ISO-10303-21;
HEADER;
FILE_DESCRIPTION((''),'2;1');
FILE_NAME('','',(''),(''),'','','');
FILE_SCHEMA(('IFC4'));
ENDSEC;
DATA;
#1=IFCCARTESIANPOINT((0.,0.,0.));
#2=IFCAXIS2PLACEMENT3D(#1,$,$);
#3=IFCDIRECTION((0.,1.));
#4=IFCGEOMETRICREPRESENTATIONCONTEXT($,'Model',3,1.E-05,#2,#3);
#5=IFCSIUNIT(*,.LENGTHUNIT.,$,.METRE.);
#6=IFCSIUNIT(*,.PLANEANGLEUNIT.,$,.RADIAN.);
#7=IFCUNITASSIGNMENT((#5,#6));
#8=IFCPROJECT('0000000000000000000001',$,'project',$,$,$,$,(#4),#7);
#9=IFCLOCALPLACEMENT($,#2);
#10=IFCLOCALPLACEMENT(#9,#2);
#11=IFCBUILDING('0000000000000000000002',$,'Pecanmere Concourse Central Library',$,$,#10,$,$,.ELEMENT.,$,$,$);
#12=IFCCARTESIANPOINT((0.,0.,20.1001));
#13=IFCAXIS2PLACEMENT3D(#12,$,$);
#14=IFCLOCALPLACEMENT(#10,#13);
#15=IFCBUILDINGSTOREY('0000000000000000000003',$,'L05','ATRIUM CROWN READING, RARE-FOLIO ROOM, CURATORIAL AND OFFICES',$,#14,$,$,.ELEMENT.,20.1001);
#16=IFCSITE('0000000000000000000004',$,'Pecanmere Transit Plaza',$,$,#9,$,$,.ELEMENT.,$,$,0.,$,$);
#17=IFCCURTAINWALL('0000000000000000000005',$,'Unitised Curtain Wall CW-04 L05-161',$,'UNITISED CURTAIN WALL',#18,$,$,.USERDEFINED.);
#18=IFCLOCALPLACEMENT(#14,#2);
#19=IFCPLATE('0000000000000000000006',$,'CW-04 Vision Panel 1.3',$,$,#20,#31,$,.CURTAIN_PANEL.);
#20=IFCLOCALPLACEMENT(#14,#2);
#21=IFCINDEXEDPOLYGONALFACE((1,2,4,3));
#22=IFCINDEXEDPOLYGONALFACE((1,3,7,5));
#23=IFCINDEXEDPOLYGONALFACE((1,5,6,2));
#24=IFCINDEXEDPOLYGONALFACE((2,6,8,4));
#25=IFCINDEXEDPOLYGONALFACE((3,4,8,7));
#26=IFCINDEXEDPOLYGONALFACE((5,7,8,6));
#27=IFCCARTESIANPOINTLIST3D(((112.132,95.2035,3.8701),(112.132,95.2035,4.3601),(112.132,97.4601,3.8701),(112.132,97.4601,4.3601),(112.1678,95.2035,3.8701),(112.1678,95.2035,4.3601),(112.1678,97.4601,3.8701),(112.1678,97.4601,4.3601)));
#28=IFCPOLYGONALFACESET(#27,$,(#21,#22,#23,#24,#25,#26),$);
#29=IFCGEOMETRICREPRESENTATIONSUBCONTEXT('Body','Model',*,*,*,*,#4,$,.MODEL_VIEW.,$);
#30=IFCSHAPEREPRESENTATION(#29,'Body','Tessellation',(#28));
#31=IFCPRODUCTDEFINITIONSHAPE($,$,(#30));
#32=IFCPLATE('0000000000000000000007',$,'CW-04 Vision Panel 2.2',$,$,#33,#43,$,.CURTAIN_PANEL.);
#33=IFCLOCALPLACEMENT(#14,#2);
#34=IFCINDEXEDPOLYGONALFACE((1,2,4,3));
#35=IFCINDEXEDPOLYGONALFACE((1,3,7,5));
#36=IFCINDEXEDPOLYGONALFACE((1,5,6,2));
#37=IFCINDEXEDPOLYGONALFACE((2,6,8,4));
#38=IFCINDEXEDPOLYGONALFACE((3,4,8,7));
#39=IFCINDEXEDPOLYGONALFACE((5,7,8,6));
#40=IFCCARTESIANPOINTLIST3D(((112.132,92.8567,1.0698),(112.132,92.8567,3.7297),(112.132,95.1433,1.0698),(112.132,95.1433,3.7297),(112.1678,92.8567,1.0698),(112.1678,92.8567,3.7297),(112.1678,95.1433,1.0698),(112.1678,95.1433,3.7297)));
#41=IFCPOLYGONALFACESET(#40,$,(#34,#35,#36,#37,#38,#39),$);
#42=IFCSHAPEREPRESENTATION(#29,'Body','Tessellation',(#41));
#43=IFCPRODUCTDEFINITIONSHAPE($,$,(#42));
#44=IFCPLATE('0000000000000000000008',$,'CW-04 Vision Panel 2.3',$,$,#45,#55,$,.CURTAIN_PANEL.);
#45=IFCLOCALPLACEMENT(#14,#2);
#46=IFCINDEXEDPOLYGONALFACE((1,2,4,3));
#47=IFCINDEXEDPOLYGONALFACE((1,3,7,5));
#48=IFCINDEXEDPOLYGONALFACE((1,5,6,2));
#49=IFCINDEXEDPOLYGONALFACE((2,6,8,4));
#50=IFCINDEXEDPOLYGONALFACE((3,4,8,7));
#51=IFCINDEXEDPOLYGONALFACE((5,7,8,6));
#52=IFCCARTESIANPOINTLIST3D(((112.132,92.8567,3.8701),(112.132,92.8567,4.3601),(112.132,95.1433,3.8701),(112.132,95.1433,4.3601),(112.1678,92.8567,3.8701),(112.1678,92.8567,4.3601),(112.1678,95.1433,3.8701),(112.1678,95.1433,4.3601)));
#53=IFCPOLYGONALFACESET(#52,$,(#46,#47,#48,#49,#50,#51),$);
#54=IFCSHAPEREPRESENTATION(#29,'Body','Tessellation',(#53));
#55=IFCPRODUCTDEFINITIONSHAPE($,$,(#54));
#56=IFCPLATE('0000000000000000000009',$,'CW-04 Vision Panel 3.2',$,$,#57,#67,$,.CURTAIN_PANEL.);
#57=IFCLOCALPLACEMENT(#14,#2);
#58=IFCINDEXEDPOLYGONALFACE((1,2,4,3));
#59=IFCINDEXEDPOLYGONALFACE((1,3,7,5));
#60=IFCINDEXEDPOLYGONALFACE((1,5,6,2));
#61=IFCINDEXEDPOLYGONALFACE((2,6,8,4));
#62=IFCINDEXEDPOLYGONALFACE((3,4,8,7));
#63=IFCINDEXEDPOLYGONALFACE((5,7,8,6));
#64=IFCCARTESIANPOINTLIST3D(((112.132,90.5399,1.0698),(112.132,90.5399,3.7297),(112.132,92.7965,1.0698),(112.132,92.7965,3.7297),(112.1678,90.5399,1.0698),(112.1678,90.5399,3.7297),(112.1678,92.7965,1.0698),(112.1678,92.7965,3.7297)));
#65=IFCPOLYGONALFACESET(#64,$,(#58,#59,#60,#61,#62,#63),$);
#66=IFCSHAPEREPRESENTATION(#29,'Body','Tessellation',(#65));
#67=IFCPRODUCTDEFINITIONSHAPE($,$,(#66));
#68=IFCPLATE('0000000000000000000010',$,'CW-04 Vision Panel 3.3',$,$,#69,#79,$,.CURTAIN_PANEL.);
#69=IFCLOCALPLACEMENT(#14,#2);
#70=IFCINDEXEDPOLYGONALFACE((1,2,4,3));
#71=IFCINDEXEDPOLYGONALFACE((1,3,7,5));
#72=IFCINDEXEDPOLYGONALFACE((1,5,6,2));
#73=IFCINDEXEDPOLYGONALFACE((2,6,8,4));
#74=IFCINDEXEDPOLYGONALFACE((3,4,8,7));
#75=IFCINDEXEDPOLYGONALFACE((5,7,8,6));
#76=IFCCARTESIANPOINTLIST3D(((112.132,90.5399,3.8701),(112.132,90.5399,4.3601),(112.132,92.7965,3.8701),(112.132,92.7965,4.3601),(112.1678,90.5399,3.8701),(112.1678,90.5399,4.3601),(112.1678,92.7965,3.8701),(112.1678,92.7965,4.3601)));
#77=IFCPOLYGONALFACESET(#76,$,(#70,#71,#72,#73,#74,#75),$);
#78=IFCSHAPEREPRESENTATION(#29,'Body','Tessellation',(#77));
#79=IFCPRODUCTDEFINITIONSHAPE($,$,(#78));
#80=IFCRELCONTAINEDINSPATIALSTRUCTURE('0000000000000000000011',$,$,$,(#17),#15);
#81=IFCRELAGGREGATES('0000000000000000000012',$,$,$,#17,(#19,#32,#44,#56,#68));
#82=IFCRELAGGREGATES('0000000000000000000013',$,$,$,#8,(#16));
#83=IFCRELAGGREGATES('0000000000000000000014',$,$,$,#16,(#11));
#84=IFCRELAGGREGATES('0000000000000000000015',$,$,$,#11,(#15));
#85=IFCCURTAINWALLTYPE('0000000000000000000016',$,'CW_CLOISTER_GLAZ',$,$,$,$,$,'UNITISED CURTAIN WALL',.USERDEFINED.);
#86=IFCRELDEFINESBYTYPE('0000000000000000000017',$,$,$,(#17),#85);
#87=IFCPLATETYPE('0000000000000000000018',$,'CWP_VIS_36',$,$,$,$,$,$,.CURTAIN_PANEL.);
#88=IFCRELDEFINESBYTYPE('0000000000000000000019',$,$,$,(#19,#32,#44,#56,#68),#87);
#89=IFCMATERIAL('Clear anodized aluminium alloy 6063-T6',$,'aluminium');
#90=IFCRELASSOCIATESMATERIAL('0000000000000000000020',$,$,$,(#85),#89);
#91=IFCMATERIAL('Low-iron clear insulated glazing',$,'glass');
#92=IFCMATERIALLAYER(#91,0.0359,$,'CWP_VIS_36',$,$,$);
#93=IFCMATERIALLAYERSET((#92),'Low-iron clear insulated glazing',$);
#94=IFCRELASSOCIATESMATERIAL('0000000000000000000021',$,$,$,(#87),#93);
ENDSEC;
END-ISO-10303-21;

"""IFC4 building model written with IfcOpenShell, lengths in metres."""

from ifc_helpers import new_model, si_unit, direction, frame, origin, origin_2d, place, context, subcontext, project, spatial, rectangle, extrude, material, layer, layer_set, type_object, element, aggregate, save


model = new_model("IFC4")

# Units and contexts
model_context = context("Model", 3, precision=1e-05, world=origin(), true_north=direction((0.0, 1.0)))
body_context = subcontext(model_context, "Body", "Model", "MODEL_VIEW")
ifc_project = project(units=[si_unit("LENGTHUNIT", "METRE"), si_unit("PLANEANGLEUNIT", "RADIAN")], contexts=[model_context])

# Site, building, storey
site_placement = place(None, origin())
site = spatial("IfcSite", under=ifc_project, at=site_placement, Name="Pecanmere Transit Plaza", CompositionType="ELEMENT", RefElevation=0.0)
building_placement = place(site_placement, origin())
building = spatial("IfcBuilding", under=site, at=building_placement, Name="Pecanmere Concourse Central Library", CompositionType="ELEMENT")
storey_placement = place(building_placement, frame((0.0, 0.0, 20.1001)))
storey = spatial("IfcBuildingStorey", under=building, at=storey_placement, Name="L05", Description="ATRIUM CROWN READING, RARE-FOLIO ROOM, CURATORIAL AND OFFICES", CompositionType="ELEMENT", Elevation=20.1001)

# Curtain wall, plates
ifc_material_1 = material(Name="Clear anodized aluminium alloy 6063-T6", Category="aluminium")
curtain_wall_type = type_object("IfcCurtainWallType", Name="CW_CLOISTER_GLAZ", ElementType="UNITISED CURTAIN WALL", PredefinedType="USERDEFINED", material=ifc_material_1)
curtain_wall_placement = place(storey_placement, origin())
curtain_wall = element("IfcCurtainWall", 1, at=curtain_wall_placement, inside=storey, type_object=curtain_wall_type, Name="Unitised Curtain Wall CW-04 L05-161", ObjectType="UNITISED CURTAIN WALL", PredefinedType="USERDEFINED")
ifc_material_2 = material(Name="Low-iron clear insulated glazing", Category="glass")
ifc_layer_1 = layer(ifc_material_2, 0.0359, Name="CWP_VIS_36")
ifc_layer_set_1 = layer_set([ifc_layer_1], Name="Low-iron clear insulated glazing")
plate_type_1 = type_object("IfcPlateType", Name="CWP_VIS_36", PredefinedType="CURTAIN_PANEL", material=ifc_layer_set_1)
plate_1_placement = place(storey_placement, frame((112.1499, 96.3318, 3.8701), z_axis=(0.0, 0.0, 1.0), x_axis=(0.0, -1.0, 0.0)))
plate_1 = element("IfcPlate", 2, at=plate_1_placement, type_object=plate_type_1, Name="CW-04 Vision Panel 1.3", PredefinedType="CURTAIN_PANEL", context=body_context, shape_type="SweptSolid", body=[
    extrude(rectangle(XDim=2.2566, YDim=0.0359, at=origin_2d()), origin(), (0.0, 0.0, 1.0), 0.49),
])
plate_2_placement = place(storey_placement, frame((112.1499, 94.0, 1.0698), z_axis=(0.0, 0.0, 1.0), x_axis=(0.0, -1.0, 0.0)))
plate_2 = element("IfcPlate", 3, at=plate_2_placement, type_object=plate_type_1, Name="CW-04 Vision Panel 2.2", PredefinedType="CURTAIN_PANEL", context=body_context, shape_type="SweptSolid", body=[
    extrude(rectangle(XDim=2.2866, YDim=0.0359, at=origin_2d()), origin(), (0.0, 0.0, 1.0), 2.6599),
])
plate_3_placement = place(storey_placement, frame((112.1499, 94.0, 3.8701), z_axis=(0.0, 0.0, 1.0), x_axis=(0.0, -1.0, 0.0)))
plate_3 = element("IfcPlate", 4, at=plate_3_placement, type_object=plate_type_1, Name="CW-04 Vision Panel 2.3", PredefinedType="CURTAIN_PANEL", context=body_context, shape_type="SweptSolid", body=[
    extrude(rectangle(XDim=2.2866, YDim=0.0359, at=origin_2d()), origin(), (0.0, 0.0, 1.0), 0.49),
])
plate_4_placement = place(storey_placement, frame((112.1499, 91.6682, 1.0698), z_axis=(0.0, 0.0, 1.0), x_axis=(0.0, -1.0, 0.0)))
plate_4 = element("IfcPlate", 5, at=plate_4_placement, type_object=plate_type_1, Name="CW-04 Vision Panel 3.2", PredefinedType="CURTAIN_PANEL", context=body_context, shape_type="SweptSolid", body=[
    extrude(rectangle(XDim=2.2566, YDim=0.0359, at=origin_2d()), origin(), (0.0, 0.0, 1.0), 2.6599),
])
plate_5_placement = place(storey_placement, frame((112.1499, 91.6682, 3.8701), z_axis=(0.0, 0.0, 1.0), x_axis=(0.0, -1.0, 0.0)))
plate_5 = element("IfcPlate", 6, at=plate_5_placement, type_object=plate_type_1, Name="CW-04 Vision Panel 3.3", PredefinedType="CURTAIN_PANEL", context=body_context, shape_type="SweptSolid", body=[
    extrude(rectangle(XDim=2.2566, YDim=0.0359, at=origin_2d()), origin(), (0.0, 0.0, 1.0), 0.49),
])
aggregate(curtain_wall, [plate_1, plate_2, plate_3, plate_4, plate_5])

save(model, "model.ifc")
